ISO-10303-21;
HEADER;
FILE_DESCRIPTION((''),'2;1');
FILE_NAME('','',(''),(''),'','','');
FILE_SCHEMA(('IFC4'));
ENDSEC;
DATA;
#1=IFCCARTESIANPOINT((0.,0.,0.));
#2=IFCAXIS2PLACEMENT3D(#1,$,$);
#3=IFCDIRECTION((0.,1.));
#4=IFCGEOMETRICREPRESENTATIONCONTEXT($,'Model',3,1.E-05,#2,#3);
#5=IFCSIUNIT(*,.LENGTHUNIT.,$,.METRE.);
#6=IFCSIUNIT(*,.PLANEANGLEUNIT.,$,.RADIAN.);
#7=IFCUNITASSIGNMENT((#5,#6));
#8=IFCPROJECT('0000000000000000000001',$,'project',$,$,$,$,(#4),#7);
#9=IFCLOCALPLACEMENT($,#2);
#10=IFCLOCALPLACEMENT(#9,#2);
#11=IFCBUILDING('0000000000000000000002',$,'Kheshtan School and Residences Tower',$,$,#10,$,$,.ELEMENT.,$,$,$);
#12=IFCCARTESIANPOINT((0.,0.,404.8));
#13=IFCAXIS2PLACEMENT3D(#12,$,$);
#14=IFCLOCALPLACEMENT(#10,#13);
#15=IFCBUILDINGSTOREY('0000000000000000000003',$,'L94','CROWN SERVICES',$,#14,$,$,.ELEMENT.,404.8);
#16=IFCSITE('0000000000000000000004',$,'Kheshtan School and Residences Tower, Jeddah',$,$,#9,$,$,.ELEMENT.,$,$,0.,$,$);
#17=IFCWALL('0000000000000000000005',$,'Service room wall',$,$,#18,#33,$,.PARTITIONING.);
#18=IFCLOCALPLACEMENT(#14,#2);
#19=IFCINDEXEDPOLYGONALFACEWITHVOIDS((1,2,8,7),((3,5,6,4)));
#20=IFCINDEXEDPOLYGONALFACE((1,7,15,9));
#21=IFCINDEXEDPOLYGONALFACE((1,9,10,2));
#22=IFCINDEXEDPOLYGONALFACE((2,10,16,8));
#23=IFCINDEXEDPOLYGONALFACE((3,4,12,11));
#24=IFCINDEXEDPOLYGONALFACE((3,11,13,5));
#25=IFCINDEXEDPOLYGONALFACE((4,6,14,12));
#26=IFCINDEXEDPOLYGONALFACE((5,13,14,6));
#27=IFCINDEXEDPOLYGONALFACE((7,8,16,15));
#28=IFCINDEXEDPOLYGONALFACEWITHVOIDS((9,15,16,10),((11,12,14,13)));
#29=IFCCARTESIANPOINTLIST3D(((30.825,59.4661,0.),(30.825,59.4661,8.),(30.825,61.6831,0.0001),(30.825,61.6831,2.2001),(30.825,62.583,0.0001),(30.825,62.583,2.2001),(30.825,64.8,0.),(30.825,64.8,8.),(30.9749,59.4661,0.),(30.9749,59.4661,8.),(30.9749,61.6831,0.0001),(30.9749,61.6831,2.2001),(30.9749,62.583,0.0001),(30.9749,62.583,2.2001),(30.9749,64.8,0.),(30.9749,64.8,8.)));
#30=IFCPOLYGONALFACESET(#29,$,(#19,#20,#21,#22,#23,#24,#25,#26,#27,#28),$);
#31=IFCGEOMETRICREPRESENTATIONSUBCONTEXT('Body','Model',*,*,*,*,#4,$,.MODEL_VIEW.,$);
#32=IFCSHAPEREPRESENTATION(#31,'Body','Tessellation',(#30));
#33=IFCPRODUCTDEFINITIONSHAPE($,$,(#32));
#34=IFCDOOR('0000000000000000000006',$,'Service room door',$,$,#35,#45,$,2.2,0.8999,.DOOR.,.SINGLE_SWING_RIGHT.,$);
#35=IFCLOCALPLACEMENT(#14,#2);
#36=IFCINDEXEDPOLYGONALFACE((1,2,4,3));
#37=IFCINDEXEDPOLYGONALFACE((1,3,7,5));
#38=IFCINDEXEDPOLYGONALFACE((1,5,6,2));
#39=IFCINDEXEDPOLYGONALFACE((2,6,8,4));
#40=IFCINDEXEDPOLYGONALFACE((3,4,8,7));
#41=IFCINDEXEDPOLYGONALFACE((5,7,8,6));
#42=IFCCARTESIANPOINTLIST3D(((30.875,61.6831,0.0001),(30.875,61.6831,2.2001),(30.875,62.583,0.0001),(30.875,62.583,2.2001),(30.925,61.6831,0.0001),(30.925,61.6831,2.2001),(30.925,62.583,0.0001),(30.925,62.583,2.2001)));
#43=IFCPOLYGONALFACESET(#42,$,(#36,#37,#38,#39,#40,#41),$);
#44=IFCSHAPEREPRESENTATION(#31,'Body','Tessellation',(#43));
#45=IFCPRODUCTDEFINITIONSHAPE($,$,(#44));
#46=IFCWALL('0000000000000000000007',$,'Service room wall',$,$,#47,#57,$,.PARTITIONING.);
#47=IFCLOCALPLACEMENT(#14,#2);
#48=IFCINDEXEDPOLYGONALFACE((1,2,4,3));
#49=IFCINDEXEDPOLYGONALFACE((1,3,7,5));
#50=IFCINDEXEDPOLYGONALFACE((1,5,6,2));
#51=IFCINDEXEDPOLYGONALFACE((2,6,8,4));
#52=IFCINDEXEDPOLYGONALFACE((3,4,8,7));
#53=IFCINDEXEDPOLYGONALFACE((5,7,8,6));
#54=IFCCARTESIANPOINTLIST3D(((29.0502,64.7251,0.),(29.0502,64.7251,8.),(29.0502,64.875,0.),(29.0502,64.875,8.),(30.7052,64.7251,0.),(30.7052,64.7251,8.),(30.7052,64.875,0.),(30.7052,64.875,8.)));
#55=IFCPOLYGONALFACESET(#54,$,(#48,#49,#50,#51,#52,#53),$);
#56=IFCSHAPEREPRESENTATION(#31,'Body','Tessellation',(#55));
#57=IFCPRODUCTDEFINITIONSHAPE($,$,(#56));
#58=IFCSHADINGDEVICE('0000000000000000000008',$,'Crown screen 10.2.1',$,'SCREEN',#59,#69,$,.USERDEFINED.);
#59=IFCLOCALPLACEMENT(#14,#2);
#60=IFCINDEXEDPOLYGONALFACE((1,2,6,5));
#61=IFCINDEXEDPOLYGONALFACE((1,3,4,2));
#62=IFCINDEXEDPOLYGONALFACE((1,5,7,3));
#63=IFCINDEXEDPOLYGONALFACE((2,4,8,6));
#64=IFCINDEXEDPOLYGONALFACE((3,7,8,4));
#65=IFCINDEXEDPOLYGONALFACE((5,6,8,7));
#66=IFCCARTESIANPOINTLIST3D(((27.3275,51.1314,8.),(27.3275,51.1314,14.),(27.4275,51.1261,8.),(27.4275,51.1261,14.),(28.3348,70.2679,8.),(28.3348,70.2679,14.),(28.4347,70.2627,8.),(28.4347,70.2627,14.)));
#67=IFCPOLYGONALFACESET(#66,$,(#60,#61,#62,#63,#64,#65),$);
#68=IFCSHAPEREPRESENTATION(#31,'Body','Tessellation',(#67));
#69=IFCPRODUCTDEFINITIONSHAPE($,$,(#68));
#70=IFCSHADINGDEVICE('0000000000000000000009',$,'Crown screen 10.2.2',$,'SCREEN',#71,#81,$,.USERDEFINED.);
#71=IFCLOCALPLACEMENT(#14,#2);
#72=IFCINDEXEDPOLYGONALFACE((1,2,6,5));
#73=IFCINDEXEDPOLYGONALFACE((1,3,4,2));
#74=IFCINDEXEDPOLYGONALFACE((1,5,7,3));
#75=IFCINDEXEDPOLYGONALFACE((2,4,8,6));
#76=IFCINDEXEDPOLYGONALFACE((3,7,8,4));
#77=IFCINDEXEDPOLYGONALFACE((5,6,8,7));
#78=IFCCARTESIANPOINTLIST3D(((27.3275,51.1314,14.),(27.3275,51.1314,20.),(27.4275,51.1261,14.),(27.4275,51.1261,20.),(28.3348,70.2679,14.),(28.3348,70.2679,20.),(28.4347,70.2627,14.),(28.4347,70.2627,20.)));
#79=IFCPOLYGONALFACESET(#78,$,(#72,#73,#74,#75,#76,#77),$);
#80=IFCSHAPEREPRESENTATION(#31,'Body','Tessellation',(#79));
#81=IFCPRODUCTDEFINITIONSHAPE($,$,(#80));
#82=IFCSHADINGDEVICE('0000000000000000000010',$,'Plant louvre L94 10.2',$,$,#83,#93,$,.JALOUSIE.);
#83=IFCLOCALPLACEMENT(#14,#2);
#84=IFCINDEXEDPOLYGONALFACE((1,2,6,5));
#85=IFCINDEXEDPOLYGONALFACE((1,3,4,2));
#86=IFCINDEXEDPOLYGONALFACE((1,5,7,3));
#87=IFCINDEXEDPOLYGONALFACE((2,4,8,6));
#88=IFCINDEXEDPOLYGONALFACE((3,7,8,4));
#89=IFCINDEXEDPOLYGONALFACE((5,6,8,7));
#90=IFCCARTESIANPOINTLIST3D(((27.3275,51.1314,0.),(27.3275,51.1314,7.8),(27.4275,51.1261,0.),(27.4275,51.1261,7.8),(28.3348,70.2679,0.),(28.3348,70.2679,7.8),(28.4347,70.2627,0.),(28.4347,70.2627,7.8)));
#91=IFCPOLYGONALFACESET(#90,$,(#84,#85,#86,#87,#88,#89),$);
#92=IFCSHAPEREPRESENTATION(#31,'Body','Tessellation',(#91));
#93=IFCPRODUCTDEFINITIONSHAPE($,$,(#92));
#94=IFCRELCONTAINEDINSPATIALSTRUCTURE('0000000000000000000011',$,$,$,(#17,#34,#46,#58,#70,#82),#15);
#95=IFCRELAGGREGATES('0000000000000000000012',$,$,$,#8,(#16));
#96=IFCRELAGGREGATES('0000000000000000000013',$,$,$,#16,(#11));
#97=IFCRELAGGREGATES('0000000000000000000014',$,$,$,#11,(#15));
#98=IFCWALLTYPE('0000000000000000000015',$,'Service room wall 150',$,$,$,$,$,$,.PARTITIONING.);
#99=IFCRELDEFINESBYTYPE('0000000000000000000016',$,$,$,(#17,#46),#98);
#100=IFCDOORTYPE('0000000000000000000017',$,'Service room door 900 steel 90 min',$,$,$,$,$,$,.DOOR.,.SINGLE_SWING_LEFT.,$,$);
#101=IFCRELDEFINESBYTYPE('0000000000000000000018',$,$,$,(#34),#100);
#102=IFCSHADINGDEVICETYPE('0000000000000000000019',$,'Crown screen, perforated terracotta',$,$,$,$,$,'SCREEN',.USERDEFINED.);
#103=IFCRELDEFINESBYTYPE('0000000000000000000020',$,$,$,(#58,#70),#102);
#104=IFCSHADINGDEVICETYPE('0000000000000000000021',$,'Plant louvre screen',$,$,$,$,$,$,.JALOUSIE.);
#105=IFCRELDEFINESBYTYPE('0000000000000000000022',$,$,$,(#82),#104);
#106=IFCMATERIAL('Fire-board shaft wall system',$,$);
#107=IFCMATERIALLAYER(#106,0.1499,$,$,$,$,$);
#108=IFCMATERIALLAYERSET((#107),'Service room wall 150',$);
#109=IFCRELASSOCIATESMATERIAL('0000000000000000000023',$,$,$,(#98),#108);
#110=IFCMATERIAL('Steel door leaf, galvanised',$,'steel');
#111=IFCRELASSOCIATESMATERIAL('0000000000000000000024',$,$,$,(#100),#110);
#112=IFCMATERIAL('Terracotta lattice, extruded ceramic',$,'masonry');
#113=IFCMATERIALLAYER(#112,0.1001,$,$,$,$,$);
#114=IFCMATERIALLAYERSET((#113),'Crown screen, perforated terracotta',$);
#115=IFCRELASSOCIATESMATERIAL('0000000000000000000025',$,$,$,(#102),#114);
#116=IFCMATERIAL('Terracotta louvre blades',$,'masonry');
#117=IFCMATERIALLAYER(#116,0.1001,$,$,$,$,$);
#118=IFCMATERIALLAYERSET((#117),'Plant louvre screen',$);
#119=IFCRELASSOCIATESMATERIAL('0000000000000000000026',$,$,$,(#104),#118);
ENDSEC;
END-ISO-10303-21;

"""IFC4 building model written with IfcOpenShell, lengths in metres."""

from ifc_helpers import new_model, si_unit, direction, frame, frame_2d, origin, origin_2d, place, context, subcontext, project, spatial, rectangle, extrude, source, transform, mapped, material, layer, layer_set, type_object, element, fill, save


model = new_model("IFC4")

# Units and contexts
model_context = context("Model", 3, precision=1e-05, world=origin(), true_north=direction((0.0, 1.0)))
body_context = subcontext(model_context, "Body", "Model", "MODEL_VIEW")
ifc_project = project(units=[si_unit("LENGTHUNIT", "METRE"), si_unit("PLANEANGLEUNIT", "RADIAN")], contexts=[model_context])

# Site, building, storey
site_placement = place(None, origin())
site = spatial("IfcSite", under=ifc_project, at=site_placement, Name="Kheshtan School and Residences Tower, Jeddah", CompositionType="ELEMENT", RefElevation=0.0)
building_placement = place(site_placement, origin())
building = spatial("IfcBuilding", under=site, at=building_placement, Name="Kheshtan School and Residences Tower", CompositionType="ELEMENT")
storey_placement = place(building_placement, frame((0.0, 0.0, 404.8)))
storey = spatial("IfcBuildingStorey", under=building, at=storey_placement, Name="L94", Description="CROWN SERVICES", CompositionType="ELEMENT", Elevation=404.8)

# Shared definitions
ifc_material_1 = material(Name="Fire-board shaft wall system")
ifc_layer_1 = layer(ifc_material_1, 0.1499)
ifc_layer_set_1 = layer_set([ifc_layer_1], Name="Service room wall 150")
wall_type_1 = type_object("IfcWallType", Name="Service room wall 150", PredefinedType="PARTITIONING", material=ifc_layer_set_1)

# Wall, opening, door
wall_1_placement = place(storey_placement, frame((30.8999, 59.4661, 0.0), z_axis=(0.0, 0.0, 1.0), x_axis=(0.0, 1.0, 0.0)))
wall_1 = element("IfcWall", 1, at=wall_1_placement, inside=storey, type_object=wall_type_1, Name="Service room wall", PredefinedType="PARTITIONING", context=body_context, shape_type="SweptSolid", body=[
    extrude(rectangle(XDim=5.334, YDim=0.1499, at=frame_2d((2.667, 0.0))), origin(), (0.0, 0.0, 1.0), 8.0),
])
opening_1_placement = place(wall_1_placement, frame((2.217, 0.0, 0.0)))
opening_1 = element("IfcOpeningElement", 2, at=opening_1_placement, cuts=wall_1, PredefinedType="OPENING", context=body_context, shape_type="SweptSolid", body=[
    extrude(rectangle(XDim=0.8999, YDim=2.2, at=frame_2d((0.45, 1.1001))), frame((0.0, 0.085, 0.0), z_axis=(0.0, -1.0, 0.0), x_axis=(1.0, 0.0, 0.0)), (0.0, 0.0, 1.0), 0.1699),
])
ifc_material_2 = material(Name="Steel door leaf, galvanised", Category="steel")
door_type_1 = type_object("IfcDoorType", Name="Service room door 900 steel 90 min", OperationType="SINGLE_SWING_LEFT", PredefinedType="DOOR", material=ifc_material_2)
shared_shape_1 = source(origin(), body_context, "Body", "SweptSolid", [
    extrude(rectangle(XDim=0.8999, YDim=2.2, at=frame_2d((0.45, 1.1001))), frame((0.0, 0.0249, 0.0), z_axis=(0.0, -1.0, 0.0), x_axis=(1.0, 0.0, 0.0)), (0.0, 0.0, 1.0), 0.05),
])
door_1_placement = place(opening_1_placement, origin())
door_1 = element("IfcDoor", 3, at=door_1_placement, inside=storey, type_object=door_type_1, Name="Service room door", OperationType="SINGLE_SWING_RIGHT", OverallHeight=2.2, OverallWidth=0.8999, PredefinedType="DOOR", context=body_context, shape_type="MappedRepresentation", body=[
    mapped(shared_shape_1, transform((0.0, 0.0, 0.0), x_axis=(1.0, 0.0, 0.0), y_axis=(0.0, 1.0, 0.0), z_axis=(0.0, 0.0, 1.0), scale=1.0)),
])
fill(opening_1, door_1)

# Wall
wall_2_placement = place(storey_placement, frame((29.05, 64.8, 0.0), z_axis=(0.0, 0.0, 1.0), x_axis=(1.0, 0.0, 0.0)))
element("IfcWall", 4, at=wall_2_placement, inside=storey, type_object=wall_type_1, Name="Service room wall", PredefinedType="PARTITIONING", context=body_context, shape_type="SweptSolid", body=[
    extrude(rectangle(XDim=1.655, YDim=0.1499, at=frame_2d((0.8276, 0.0))), origin(), (0.0, 0.0, 1.0), 8.0),
])

# Shading devices
ifc_material_3 = material(Name="Terracotta lattice, extruded ceramic", Category="masonry")
ifc_layer_2 = layer(ifc_material_3, 0.1001)
ifc_layer_set_2 = layer_set([ifc_layer_2], Name="Crown screen, perforated terracotta")
shading_device_type_1 = type_object("IfcShadingDeviceType", Name="Crown screen, perforated terracotta", ElementType="SCREEN", PredefinedType="USERDEFINED", material=ifc_layer_set_2)
for number, where, z_axis, x_axis, name in (
    (5, (27.8811, 60.697, 8.0), (0.0, 0.0, 1.0), (0.052563, 0.998618, 0.0), "Crown screen 10.2.1"),
    (6, (27.8811, 60.697, 14.0), (0.0, 0.0, 1.0), (0.052563, 0.998618, 0.0), "Crown screen 10.2.2"),
):
    element("IfcShadingDevice", number, at=place(storey_placement, frame(where, z_axis=z_axis, x_axis=x_axis)), inside=storey, type_object=shading_device_type_1, Name=name, ObjectType="SCREEN", PredefinedType="USERDEFINED", context=body_context, shape_type="SweptSolid", body=[
        extrude(rectangle(XDim=19.1631, YDim=0.1001, at=origin_2d()), origin(), (0.0, 0.0, 1.0), 6.0),
    ])
ifc_material_4 = material(Name="Terracotta louvre blades", Category="masonry")
ifc_layer_3 = layer(ifc_material_4, 0.1001)
ifc_layer_set_3 = layer_set([ifc_layer_3], Name="Plant louvre screen")
shading_device_type_2 = type_object("IfcShadingDeviceType", Name="Plant louvre screen", PredefinedType="JALOUSIE", material=ifc_layer_set_3)
shading_device_placement = place(storey_placement, frame((27.8811, 60.697, 0.0), z_axis=(0.0, 0.0, 1.0), x_axis=(0.052563, 0.998618, 0.0)))
element("IfcShadingDevice", 7, at=shading_device_placement, inside=storey, type_object=shading_device_type_2, Name="Plant louvre L94 10.2", PredefinedType="JALOUSIE", context=body_context, shape_type="SweptSolid", body=[
    extrude(rectangle(XDim=19.1631, YDim=0.1001, at=origin_2d()), origin(), (0.0, 0.0, 1.0), 7.8),
])

save(model, "model.ifc")
